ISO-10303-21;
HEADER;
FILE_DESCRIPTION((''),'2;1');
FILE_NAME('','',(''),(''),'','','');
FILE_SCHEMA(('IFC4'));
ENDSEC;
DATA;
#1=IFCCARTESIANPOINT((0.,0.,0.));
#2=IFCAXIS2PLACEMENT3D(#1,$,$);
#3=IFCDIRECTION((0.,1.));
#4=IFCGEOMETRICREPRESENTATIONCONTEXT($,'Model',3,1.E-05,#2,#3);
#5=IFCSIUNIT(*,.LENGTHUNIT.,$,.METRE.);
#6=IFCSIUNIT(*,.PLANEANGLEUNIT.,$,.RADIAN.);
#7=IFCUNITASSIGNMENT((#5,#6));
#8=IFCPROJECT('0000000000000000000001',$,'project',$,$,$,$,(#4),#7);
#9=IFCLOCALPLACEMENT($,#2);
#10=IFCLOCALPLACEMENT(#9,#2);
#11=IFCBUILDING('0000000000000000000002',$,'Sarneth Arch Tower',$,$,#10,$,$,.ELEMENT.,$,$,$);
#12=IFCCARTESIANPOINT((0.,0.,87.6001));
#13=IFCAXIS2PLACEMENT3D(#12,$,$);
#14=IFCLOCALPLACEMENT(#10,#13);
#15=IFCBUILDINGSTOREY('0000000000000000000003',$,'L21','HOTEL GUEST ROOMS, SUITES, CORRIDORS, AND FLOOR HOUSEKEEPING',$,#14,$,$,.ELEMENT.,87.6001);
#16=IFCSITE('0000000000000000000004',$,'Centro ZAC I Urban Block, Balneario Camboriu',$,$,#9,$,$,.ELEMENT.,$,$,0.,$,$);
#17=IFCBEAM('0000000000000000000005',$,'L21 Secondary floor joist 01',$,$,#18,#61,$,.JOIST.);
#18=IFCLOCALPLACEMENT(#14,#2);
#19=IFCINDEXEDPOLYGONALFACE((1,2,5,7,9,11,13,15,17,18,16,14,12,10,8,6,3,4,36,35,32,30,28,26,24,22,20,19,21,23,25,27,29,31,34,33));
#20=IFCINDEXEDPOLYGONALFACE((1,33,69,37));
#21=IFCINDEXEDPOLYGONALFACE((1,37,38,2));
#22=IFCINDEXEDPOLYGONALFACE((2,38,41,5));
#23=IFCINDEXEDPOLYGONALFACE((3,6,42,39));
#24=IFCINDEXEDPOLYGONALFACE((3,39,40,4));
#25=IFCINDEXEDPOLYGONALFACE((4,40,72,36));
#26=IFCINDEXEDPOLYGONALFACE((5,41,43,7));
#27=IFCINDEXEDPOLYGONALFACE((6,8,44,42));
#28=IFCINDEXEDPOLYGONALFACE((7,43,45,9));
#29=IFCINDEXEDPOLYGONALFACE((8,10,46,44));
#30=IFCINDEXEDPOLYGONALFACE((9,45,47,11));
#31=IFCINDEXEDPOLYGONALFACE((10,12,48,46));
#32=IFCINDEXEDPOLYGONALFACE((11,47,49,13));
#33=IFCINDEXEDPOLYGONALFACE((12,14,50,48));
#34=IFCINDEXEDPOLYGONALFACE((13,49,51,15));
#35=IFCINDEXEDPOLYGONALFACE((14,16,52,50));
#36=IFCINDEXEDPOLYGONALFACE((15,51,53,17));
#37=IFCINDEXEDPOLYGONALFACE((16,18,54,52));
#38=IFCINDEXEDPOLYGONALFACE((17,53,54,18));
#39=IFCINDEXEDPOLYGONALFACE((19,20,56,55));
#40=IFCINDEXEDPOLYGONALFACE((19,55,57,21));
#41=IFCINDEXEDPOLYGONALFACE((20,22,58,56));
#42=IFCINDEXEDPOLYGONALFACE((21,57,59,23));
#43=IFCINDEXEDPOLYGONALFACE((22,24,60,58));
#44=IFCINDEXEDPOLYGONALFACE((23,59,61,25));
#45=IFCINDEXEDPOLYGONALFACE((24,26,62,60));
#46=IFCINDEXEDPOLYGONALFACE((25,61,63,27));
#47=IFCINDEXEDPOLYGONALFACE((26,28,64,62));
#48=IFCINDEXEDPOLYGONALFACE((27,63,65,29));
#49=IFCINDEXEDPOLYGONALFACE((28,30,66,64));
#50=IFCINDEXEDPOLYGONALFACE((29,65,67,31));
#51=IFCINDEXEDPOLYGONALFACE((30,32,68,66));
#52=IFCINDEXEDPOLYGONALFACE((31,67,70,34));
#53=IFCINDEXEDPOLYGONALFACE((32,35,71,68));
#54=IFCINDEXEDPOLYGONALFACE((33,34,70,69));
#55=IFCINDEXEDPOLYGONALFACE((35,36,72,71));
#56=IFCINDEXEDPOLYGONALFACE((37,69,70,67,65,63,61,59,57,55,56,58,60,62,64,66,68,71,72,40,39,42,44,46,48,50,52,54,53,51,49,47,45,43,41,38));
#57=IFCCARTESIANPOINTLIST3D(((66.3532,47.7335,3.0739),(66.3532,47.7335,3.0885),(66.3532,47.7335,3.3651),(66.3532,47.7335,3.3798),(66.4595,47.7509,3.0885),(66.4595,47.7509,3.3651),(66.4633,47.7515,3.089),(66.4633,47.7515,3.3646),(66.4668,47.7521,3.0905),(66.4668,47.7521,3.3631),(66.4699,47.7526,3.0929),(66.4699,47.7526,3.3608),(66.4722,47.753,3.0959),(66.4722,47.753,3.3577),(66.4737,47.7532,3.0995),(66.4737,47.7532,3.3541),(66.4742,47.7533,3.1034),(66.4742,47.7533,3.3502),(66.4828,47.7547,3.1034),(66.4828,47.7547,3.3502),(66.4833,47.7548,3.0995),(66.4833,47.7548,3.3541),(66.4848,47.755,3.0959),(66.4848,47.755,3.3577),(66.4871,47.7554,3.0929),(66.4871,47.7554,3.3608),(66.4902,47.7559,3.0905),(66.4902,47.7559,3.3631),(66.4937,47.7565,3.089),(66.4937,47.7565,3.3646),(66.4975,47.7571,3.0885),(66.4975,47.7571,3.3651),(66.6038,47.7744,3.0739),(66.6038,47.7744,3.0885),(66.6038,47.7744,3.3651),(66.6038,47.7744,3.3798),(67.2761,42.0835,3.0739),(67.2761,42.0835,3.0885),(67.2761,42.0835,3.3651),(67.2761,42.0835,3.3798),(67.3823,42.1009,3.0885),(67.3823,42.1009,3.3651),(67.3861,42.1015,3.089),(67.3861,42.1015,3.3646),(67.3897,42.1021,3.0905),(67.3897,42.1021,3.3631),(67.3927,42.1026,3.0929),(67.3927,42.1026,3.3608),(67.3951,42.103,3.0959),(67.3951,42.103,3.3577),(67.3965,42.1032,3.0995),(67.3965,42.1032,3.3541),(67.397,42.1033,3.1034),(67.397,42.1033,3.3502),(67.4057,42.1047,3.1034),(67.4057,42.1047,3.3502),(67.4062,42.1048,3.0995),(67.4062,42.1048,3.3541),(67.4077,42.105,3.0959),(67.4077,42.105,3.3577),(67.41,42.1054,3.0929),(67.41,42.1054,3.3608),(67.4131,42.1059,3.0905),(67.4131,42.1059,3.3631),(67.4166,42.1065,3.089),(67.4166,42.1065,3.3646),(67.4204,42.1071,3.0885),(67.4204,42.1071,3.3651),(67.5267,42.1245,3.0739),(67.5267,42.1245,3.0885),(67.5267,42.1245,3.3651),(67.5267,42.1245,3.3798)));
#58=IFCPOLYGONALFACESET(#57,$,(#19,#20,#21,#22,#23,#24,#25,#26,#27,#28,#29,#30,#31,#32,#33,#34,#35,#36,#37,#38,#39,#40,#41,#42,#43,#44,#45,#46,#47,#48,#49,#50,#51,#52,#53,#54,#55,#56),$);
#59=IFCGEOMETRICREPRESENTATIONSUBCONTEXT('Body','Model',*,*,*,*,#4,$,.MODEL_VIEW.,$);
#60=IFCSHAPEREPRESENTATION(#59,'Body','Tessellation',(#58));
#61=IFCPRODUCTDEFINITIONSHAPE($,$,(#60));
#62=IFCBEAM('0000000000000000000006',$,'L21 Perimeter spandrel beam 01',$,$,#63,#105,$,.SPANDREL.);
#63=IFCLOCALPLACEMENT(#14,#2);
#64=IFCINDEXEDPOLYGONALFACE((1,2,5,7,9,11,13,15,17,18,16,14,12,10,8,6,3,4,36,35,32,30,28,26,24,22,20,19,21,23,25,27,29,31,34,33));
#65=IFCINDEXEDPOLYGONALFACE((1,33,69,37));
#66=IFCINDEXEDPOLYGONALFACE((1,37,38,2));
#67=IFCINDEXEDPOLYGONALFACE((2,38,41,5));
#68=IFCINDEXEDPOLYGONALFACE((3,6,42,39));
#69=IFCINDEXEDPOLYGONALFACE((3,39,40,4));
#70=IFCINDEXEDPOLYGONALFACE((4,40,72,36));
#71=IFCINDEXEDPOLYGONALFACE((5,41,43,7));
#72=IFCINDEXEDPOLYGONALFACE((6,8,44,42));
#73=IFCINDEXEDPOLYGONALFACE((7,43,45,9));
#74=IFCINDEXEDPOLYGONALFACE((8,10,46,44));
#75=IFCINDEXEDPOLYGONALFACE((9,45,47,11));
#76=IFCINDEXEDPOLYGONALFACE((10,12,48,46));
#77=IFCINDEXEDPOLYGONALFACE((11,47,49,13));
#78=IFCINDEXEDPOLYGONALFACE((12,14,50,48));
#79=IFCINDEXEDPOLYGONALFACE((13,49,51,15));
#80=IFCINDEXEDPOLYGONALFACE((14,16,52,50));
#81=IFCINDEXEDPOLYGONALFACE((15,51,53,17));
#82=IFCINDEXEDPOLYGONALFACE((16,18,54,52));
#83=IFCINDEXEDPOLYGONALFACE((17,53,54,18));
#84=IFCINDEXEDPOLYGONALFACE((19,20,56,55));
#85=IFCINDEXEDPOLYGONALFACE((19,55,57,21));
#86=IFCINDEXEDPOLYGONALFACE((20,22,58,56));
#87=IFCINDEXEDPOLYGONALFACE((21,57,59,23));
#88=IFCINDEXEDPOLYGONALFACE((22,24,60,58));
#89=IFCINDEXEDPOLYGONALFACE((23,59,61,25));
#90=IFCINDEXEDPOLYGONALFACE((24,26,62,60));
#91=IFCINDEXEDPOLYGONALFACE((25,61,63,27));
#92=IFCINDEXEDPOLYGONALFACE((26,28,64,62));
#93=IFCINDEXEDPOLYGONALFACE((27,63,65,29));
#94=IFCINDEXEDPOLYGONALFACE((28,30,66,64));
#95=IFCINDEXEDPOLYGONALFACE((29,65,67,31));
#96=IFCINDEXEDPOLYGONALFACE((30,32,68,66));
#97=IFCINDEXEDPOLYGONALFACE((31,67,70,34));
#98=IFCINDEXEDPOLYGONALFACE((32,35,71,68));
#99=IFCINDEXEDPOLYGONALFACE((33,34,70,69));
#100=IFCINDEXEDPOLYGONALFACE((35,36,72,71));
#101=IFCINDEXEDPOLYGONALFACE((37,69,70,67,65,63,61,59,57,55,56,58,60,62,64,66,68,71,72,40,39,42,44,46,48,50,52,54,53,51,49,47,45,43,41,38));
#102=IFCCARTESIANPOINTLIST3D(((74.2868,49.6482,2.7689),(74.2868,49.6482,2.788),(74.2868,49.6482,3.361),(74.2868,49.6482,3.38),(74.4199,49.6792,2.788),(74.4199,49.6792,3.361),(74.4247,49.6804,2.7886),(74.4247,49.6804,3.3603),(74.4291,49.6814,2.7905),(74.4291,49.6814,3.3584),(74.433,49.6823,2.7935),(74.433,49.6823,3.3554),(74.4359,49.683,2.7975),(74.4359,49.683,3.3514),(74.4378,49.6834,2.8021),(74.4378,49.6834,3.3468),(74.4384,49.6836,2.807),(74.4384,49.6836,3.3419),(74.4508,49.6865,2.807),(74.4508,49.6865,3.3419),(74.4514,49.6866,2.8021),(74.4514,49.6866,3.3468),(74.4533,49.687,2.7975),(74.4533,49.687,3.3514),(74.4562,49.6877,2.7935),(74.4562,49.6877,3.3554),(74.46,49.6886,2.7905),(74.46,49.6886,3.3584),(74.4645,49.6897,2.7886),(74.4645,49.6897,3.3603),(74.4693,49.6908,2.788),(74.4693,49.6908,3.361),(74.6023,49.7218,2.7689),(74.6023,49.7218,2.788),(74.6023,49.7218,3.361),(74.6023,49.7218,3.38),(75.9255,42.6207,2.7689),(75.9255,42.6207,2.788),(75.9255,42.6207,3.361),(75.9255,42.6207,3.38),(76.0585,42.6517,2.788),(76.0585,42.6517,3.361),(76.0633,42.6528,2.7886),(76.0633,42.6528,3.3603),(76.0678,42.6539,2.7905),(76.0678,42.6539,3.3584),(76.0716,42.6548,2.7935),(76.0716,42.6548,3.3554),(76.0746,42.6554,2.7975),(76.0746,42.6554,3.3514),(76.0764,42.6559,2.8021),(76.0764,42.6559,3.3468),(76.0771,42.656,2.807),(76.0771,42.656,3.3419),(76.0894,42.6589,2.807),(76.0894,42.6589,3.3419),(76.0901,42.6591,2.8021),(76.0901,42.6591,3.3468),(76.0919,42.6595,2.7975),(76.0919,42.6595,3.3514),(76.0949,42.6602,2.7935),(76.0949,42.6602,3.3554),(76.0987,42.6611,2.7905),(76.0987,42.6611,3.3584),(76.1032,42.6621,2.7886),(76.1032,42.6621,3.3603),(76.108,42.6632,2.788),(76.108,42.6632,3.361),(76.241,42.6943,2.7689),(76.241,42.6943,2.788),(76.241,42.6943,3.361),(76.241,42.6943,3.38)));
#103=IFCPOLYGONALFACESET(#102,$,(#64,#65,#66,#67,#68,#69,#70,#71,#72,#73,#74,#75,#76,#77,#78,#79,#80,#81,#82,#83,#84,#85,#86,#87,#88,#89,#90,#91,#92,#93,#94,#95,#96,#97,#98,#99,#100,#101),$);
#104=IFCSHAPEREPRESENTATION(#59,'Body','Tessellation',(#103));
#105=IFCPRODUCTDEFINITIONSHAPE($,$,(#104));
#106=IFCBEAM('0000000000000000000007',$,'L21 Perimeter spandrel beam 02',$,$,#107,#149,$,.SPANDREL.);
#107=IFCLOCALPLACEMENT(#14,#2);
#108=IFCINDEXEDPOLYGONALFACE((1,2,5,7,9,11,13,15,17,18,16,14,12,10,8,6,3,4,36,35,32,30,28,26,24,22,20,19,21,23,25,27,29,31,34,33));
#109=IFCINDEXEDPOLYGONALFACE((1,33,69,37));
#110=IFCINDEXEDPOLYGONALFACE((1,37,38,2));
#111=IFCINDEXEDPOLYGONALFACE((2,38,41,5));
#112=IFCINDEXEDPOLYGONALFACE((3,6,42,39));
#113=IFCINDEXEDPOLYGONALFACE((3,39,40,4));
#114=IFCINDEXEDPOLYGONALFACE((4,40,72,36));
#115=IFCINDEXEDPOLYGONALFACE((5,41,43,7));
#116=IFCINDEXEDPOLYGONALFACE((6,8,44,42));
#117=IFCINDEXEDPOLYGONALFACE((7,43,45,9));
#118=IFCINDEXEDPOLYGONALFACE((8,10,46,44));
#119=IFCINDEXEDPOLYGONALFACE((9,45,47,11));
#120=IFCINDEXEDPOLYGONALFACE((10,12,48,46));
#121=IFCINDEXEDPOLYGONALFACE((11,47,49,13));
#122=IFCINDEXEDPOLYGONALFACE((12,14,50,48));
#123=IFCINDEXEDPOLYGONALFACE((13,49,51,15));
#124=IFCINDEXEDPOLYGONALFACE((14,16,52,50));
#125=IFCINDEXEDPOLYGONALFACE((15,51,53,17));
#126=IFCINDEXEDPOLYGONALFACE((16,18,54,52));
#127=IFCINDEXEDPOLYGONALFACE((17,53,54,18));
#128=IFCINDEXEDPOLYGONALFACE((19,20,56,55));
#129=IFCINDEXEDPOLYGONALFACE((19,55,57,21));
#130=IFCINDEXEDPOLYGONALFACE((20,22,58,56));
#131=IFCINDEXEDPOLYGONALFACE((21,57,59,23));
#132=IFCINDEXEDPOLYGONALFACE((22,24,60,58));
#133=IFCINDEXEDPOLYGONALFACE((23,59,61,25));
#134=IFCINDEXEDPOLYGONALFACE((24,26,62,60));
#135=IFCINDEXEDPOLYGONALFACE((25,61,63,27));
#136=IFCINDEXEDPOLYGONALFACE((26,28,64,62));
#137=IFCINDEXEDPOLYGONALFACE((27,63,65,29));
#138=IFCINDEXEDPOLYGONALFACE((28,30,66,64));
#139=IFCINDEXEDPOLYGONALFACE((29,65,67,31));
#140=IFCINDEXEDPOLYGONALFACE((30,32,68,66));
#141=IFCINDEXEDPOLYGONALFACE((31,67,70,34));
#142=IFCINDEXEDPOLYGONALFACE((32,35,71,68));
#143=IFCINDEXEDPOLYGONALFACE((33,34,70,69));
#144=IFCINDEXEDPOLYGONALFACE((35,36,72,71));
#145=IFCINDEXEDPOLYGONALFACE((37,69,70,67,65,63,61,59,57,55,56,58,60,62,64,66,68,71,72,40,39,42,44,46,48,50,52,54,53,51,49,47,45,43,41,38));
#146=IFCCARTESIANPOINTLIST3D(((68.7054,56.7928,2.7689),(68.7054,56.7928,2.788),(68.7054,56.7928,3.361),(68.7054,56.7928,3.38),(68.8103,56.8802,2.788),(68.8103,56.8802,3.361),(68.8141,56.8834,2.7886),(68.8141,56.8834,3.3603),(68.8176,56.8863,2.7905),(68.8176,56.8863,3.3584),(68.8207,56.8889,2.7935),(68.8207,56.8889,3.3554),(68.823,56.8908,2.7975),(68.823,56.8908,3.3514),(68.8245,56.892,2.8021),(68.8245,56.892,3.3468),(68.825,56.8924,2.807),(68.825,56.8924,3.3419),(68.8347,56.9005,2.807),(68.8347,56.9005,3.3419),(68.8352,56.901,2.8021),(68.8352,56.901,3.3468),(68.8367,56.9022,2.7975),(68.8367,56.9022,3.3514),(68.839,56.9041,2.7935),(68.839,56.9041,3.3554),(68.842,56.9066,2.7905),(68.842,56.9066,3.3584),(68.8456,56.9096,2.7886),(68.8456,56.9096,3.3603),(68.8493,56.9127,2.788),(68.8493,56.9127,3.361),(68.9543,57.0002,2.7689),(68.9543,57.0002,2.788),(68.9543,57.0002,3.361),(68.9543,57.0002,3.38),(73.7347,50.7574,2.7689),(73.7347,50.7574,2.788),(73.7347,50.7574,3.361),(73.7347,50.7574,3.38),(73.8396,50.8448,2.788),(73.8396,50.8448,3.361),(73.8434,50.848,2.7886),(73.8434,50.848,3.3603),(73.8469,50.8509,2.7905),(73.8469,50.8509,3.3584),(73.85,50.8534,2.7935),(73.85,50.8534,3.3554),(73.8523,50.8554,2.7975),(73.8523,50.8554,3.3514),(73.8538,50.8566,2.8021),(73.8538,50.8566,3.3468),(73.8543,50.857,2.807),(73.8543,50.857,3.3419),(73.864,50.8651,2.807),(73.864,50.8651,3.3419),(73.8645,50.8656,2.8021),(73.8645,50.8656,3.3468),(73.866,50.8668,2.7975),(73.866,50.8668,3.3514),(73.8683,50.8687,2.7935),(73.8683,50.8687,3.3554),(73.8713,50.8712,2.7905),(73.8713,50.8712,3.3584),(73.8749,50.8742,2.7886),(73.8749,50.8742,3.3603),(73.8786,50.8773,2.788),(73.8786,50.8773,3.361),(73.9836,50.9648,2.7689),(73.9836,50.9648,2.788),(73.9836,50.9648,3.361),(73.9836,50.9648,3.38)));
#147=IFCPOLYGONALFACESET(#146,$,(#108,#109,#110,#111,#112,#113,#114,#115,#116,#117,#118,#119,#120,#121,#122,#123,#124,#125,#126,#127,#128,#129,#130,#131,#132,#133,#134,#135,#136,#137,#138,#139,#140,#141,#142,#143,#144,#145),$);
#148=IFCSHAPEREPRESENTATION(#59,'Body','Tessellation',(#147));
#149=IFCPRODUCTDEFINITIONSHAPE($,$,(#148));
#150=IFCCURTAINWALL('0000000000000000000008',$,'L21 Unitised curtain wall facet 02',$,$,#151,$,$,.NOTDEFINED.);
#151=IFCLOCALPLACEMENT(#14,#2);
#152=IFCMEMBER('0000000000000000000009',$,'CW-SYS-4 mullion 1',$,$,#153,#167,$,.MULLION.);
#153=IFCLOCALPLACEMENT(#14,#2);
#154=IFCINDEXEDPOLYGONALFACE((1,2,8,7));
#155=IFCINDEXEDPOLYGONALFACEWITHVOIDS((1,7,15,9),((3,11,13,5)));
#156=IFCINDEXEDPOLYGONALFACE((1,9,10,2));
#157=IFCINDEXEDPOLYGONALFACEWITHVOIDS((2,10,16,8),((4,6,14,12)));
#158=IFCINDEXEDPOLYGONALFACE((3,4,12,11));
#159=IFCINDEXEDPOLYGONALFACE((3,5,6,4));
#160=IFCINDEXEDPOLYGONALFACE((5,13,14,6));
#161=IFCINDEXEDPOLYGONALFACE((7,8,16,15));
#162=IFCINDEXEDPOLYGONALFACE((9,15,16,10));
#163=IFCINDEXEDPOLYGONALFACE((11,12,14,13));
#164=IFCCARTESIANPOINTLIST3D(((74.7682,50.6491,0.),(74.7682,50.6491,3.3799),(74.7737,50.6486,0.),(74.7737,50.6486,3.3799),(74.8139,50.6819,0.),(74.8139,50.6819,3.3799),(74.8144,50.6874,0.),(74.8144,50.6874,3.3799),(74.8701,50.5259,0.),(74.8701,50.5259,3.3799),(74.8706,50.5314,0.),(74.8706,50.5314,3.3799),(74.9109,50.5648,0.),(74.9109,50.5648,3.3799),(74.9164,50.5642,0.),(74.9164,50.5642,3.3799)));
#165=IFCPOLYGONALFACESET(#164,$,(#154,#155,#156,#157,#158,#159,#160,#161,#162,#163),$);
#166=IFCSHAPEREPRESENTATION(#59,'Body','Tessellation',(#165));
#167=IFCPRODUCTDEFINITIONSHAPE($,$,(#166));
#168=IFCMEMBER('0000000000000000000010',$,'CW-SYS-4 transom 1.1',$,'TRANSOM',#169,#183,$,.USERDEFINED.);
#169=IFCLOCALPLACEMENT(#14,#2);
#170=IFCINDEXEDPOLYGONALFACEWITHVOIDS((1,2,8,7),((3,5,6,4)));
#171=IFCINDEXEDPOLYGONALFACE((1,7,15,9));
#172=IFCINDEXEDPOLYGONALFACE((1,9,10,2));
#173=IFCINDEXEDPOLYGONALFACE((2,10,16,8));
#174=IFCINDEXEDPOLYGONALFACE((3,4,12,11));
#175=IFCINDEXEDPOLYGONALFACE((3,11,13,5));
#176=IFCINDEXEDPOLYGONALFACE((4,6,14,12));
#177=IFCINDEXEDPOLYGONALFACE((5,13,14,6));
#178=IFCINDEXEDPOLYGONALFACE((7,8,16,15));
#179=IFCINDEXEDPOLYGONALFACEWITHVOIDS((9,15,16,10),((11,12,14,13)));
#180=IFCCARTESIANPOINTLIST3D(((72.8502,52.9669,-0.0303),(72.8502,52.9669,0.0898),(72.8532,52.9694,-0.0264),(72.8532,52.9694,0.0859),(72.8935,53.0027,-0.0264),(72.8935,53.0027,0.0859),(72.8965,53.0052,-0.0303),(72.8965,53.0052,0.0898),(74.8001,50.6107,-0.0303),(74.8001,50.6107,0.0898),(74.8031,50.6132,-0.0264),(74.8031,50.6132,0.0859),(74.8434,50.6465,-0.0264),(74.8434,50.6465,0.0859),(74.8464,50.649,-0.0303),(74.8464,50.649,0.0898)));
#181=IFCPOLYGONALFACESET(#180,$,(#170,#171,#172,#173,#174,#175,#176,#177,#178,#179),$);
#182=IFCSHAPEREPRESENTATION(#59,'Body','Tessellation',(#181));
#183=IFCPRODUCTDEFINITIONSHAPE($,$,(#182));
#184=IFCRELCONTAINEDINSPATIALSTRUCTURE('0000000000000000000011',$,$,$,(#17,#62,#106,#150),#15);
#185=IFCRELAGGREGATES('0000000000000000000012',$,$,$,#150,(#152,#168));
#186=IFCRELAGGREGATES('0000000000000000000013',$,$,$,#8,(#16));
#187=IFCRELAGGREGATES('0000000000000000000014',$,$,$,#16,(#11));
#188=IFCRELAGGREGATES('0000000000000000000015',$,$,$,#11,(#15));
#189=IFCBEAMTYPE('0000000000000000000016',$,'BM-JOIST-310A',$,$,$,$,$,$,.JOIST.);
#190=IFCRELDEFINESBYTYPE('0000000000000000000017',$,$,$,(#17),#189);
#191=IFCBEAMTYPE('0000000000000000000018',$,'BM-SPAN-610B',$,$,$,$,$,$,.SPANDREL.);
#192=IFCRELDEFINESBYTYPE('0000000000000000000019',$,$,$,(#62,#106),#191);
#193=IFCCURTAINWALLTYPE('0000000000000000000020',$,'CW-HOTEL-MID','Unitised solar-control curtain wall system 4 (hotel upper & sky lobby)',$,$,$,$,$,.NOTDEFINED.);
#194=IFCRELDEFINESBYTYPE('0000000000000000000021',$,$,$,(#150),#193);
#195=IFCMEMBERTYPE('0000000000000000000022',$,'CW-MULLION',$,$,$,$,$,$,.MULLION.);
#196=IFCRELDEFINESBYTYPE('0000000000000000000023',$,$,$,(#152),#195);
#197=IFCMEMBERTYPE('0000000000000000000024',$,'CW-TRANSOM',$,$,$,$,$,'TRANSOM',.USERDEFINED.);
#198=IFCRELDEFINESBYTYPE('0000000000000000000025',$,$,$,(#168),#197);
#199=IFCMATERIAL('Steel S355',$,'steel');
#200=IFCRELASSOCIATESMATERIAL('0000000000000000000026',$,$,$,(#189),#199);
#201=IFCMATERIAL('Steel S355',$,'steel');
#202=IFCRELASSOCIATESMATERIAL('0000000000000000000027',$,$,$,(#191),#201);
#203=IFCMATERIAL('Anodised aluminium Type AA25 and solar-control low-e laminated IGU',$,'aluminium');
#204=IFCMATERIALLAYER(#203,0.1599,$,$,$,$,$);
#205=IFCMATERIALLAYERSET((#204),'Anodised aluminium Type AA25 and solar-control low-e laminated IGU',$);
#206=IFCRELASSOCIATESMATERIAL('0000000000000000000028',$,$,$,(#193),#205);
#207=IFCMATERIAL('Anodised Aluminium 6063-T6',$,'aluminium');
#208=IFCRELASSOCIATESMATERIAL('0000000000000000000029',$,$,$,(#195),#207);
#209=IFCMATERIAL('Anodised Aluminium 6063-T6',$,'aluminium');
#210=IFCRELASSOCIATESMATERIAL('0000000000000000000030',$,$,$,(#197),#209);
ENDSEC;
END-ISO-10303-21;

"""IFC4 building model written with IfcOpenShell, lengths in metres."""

from ifc_helpers import new_model, si_unit, direction, frame, origin, origin_2d, place, context, subcontext, project, spatial, hollow_rectangle, i_section, extrude, material, layer, layer_set, material_profile, profile_set, type_object, element, aggregate, save


model = new_model("IFC4")

# Units and contexts
model_context = context("Model", 3, precision=1e-05, world=origin(), true_north=direction((0.0, 1.0)))
body_context = subcontext(model_context, "Body", "Model", "MODEL_VIEW")
ifc_project = project(units=[si_unit("LENGTHUNIT", "METRE"), si_unit("PLANEANGLEUNIT", "RADIAN")], contexts=[model_context])

# Site, building, storey
site_placement = place(None, origin())
site = spatial("IfcSite", under=ifc_project, at=site_placement, Name="Centro ZAC I Urban Block, Balneario Camboriu", CompositionType="ELEMENT", RefElevation=0.0)
building_placement = place(site_placement, origin())
building = spatial("IfcBuilding", under=site, at=building_placement, Name="Sarneth Arch Tower", CompositionType="ELEMENT")
storey_placement = place(building_placement, frame((0.0, 0.0, 87.6001)))
storey = spatial("IfcBuildingStorey", under=building, at=storey_placement, Name="L21", Description="HOTEL GUEST ROOMS, SUITES, CORRIDORS, AND FLOOR HOUSEKEEPING", CompositionType="ELEMENT", Elevation=87.6001)

# Beams
ifc_material_1 = material(Name="Steel S355", Category="steel")
ifc_material_profile_1 = material_profile(ifc_material_1, i_section(OverallWidth=0.2539, OverallDepth=0.3059, WebThickness=0.0088, FlangeThickness=0.0146, FilletRadius=0.0149, at=origin_2d()), Name="W310x79")
ifc_profile_set_1 = profile_set([ifc_material_profile_1], Name="Steel S355")
beam_type_1 = type_object("IfcBeamType", Name="BM-JOIST-310A", PredefinedType="JOIST", material=ifc_profile_set_1)
beam_1_placement = place(storey_placement, frame((67.4014, 42.104, 3.2268), z_axis=(-0.161203, 0.986921, 0.0), x_axis=(-0.986921, -0.161203, 0.0)))
element("IfcBeam", 1, at=beam_1_placement, inside=storey, type_object=beam_type_1, Name="L21 Secondary floor joist 01", PredefinedType="JOIST", context=body_context, shape_type="SweptSolid", body=[
    extrude(i_section(OverallWidth=0.2539, OverallDepth=0.3059, WebThickness=0.0088, FlangeThickness=0.0146, FilletRadius=0.0149, at=origin_2d()), origin(), (0.0, 0.0, 1.0), 5.7249),
])
ifc_material_2 = material(Name="Steel S355", Category="steel")
ifc_material_profile_2 = material_profile(ifc_material_2, i_section(OverallWidth=0.324, OverallDepth=0.6111, WebThickness=0.0127, FlangeThickness=0.019, FilletRadius=0.019, at=origin_2d()), Name="W610x155")
ifc_profile_set_2 = profile_set([ifc_material_profile_2], Name="Steel S355")
beam_type_2 = type_object("IfcBeamType", Name="BM-SPAN-610B", PredefinedType="SPANDREL", material=ifc_profile_set_2)
beam_2_placement = place(storey_placement, frame((76.0833, 42.6575, 3.0745), z_axis=(-0.227085, 0.973875, 0.0), x_axis=(-0.973875, -0.227085, 0.0)))
element("IfcBeam", 2, at=beam_2_placement, inside=storey, type_object=beam_type_2, Name="L21 Perimeter spandrel beam 01", PredefinedType="SPANDREL", context=body_context, shape_type="SweptSolid", body=[
    extrude(i_section(OverallWidth=0.324, OverallDepth=0.6111, WebThickness=0.0127, FlangeThickness=0.019, FilletRadius=0.019, at=origin_2d()), origin(), (0.0, 0.0, 1.0), 7.2161),
])
beam_3_placement = place(storey_placement, frame((73.8591, 50.8611, 3.0745), z_axis=(-0.640169, 0.768234, 0.0), x_axis=(-0.768234, -0.640169, 0.0)))
element("IfcBeam", 3, at=beam_3_placement, inside=storey, type_object=beam_type_2, Name="L21 Perimeter spandrel beam 02", PredefinedType="SPANDREL", context=body_context, shape_type="SweptSolid", body=[
    extrude(i_section(OverallWidth=0.324, OverallDepth=0.6111, WebThickness=0.0127, FlangeThickness=0.019, FilletRadius=0.019, at=origin_2d()), origin(), (0.0, 0.0, 1.0), 7.8562),
])

# Curtain wall, members
ifc_material_3 = material(Name="Anodised aluminium Type AA25 and solar-control low-e laminated IGU", Category="aluminium")
ifc_layer_1 = layer(ifc_material_3, 0.1599)
ifc_layer_set_1 = layer_set([ifc_layer_1], Name="Anodised aluminium Type AA25 and solar-control low-e laminated IGU")
curtain_wall_type = type_object("IfcCurtainWallType", Name="CW-HOTEL-MID", Description="Unitised solar-control curtain wall system 4 (hotel upper & sky lobby)", PredefinedType="NOTDEFINED", material=ifc_layer_set_1)
curtain_wall_placement = place(storey_placement, origin())
curtain_wall = element("IfcCurtainWall", 4, at=curtain_wall_placement, inside=storey, type_object=curtain_wall_type, Name="L21 Unitised curtain wall facet 02", PredefinedType="NOTDEFINED")
ifc_material_4 = material(Name="Anodised Aluminium 6063-T6", Category="aluminium")
ifc_material_profile_3 = material_profile(ifc_material_4, hollow_rectangle(XDim=0.0601, YDim=0.1599, WallThickness=0.0039, at=origin_2d()), Name="AL-MULL-160x60x4")
ifc_profile_set_3 = profile_set([ifc_material_profile_3], Name="Anodised Aluminium 6063-T6")
member_type_1 = type_object("IfcMemberType", Name="CW-MULLION", PredefinedType="MULLION", material=ifc_profile_set_3)
member_1_placement = place(storey_placement, frame((74.8423, 50.6067, 0.0), z_axis=(0.0, 0.0, 1.0), x_axis=(-0.770438, -0.637515, 0.0)))
member_1 = element("IfcMember", 5, at=member_1_placement, type_object=member_type_1, Name="CW-SYS-4 mullion 1", PredefinedType="MULLION", context=body_context, shape_type="SweptSolid", body=[
    extrude(hollow_rectangle(XDim=0.0601, YDim=0.1599, WallThickness=0.0039, at=origin_2d()), origin(), (0.0, 0.0, 1.0), 3.3799),
])
ifc_material_5 = material(Name="Anodised Aluminium 6063-T6", Category="aluminium")
ifc_material_profile_4 = material_profile(ifc_material_5, hollow_rectangle(XDim=0.0601, YDim=0.1201, WallThickness=0.0039, at=origin_2d()), Name="AL-TRAN-120x60x4")
ifc_profile_set_4 = profile_set([ifc_material_profile_4], Name="Anodised Aluminium 6063-T6")
member_type_2 = type_object("IfcMemberType", Name="CW-TRANSOM", ElementType="TRANSOM", PredefinedType="USERDEFINED", material=ifc_profile_set_4)
member_2_placement = place(storey_placement, frame((74.8232, 50.6299, 0.0298), z_axis=(-0.637566, 0.770396, 0.0), x_axis=(-0.770396, -0.637566, 0.0)))
member_2 = element("IfcMember", 6, at=member_2_placement, type_object=member_type_2, Name="CW-SYS-4 transom 1.1", ObjectType="TRANSOM", PredefinedType="USERDEFINED", context=body_context, shape_type="SweptSolid", body=[
    extrude(hollow_rectangle(XDim=0.0601, YDim=0.1201, WallThickness=0.0039, at=origin_2d()), origin(), (0.0, 0.0, 1.0), 3.0583),
])

aggregate(curtain_wall, [member_1, member_2])

save(model, "model.ifc")
